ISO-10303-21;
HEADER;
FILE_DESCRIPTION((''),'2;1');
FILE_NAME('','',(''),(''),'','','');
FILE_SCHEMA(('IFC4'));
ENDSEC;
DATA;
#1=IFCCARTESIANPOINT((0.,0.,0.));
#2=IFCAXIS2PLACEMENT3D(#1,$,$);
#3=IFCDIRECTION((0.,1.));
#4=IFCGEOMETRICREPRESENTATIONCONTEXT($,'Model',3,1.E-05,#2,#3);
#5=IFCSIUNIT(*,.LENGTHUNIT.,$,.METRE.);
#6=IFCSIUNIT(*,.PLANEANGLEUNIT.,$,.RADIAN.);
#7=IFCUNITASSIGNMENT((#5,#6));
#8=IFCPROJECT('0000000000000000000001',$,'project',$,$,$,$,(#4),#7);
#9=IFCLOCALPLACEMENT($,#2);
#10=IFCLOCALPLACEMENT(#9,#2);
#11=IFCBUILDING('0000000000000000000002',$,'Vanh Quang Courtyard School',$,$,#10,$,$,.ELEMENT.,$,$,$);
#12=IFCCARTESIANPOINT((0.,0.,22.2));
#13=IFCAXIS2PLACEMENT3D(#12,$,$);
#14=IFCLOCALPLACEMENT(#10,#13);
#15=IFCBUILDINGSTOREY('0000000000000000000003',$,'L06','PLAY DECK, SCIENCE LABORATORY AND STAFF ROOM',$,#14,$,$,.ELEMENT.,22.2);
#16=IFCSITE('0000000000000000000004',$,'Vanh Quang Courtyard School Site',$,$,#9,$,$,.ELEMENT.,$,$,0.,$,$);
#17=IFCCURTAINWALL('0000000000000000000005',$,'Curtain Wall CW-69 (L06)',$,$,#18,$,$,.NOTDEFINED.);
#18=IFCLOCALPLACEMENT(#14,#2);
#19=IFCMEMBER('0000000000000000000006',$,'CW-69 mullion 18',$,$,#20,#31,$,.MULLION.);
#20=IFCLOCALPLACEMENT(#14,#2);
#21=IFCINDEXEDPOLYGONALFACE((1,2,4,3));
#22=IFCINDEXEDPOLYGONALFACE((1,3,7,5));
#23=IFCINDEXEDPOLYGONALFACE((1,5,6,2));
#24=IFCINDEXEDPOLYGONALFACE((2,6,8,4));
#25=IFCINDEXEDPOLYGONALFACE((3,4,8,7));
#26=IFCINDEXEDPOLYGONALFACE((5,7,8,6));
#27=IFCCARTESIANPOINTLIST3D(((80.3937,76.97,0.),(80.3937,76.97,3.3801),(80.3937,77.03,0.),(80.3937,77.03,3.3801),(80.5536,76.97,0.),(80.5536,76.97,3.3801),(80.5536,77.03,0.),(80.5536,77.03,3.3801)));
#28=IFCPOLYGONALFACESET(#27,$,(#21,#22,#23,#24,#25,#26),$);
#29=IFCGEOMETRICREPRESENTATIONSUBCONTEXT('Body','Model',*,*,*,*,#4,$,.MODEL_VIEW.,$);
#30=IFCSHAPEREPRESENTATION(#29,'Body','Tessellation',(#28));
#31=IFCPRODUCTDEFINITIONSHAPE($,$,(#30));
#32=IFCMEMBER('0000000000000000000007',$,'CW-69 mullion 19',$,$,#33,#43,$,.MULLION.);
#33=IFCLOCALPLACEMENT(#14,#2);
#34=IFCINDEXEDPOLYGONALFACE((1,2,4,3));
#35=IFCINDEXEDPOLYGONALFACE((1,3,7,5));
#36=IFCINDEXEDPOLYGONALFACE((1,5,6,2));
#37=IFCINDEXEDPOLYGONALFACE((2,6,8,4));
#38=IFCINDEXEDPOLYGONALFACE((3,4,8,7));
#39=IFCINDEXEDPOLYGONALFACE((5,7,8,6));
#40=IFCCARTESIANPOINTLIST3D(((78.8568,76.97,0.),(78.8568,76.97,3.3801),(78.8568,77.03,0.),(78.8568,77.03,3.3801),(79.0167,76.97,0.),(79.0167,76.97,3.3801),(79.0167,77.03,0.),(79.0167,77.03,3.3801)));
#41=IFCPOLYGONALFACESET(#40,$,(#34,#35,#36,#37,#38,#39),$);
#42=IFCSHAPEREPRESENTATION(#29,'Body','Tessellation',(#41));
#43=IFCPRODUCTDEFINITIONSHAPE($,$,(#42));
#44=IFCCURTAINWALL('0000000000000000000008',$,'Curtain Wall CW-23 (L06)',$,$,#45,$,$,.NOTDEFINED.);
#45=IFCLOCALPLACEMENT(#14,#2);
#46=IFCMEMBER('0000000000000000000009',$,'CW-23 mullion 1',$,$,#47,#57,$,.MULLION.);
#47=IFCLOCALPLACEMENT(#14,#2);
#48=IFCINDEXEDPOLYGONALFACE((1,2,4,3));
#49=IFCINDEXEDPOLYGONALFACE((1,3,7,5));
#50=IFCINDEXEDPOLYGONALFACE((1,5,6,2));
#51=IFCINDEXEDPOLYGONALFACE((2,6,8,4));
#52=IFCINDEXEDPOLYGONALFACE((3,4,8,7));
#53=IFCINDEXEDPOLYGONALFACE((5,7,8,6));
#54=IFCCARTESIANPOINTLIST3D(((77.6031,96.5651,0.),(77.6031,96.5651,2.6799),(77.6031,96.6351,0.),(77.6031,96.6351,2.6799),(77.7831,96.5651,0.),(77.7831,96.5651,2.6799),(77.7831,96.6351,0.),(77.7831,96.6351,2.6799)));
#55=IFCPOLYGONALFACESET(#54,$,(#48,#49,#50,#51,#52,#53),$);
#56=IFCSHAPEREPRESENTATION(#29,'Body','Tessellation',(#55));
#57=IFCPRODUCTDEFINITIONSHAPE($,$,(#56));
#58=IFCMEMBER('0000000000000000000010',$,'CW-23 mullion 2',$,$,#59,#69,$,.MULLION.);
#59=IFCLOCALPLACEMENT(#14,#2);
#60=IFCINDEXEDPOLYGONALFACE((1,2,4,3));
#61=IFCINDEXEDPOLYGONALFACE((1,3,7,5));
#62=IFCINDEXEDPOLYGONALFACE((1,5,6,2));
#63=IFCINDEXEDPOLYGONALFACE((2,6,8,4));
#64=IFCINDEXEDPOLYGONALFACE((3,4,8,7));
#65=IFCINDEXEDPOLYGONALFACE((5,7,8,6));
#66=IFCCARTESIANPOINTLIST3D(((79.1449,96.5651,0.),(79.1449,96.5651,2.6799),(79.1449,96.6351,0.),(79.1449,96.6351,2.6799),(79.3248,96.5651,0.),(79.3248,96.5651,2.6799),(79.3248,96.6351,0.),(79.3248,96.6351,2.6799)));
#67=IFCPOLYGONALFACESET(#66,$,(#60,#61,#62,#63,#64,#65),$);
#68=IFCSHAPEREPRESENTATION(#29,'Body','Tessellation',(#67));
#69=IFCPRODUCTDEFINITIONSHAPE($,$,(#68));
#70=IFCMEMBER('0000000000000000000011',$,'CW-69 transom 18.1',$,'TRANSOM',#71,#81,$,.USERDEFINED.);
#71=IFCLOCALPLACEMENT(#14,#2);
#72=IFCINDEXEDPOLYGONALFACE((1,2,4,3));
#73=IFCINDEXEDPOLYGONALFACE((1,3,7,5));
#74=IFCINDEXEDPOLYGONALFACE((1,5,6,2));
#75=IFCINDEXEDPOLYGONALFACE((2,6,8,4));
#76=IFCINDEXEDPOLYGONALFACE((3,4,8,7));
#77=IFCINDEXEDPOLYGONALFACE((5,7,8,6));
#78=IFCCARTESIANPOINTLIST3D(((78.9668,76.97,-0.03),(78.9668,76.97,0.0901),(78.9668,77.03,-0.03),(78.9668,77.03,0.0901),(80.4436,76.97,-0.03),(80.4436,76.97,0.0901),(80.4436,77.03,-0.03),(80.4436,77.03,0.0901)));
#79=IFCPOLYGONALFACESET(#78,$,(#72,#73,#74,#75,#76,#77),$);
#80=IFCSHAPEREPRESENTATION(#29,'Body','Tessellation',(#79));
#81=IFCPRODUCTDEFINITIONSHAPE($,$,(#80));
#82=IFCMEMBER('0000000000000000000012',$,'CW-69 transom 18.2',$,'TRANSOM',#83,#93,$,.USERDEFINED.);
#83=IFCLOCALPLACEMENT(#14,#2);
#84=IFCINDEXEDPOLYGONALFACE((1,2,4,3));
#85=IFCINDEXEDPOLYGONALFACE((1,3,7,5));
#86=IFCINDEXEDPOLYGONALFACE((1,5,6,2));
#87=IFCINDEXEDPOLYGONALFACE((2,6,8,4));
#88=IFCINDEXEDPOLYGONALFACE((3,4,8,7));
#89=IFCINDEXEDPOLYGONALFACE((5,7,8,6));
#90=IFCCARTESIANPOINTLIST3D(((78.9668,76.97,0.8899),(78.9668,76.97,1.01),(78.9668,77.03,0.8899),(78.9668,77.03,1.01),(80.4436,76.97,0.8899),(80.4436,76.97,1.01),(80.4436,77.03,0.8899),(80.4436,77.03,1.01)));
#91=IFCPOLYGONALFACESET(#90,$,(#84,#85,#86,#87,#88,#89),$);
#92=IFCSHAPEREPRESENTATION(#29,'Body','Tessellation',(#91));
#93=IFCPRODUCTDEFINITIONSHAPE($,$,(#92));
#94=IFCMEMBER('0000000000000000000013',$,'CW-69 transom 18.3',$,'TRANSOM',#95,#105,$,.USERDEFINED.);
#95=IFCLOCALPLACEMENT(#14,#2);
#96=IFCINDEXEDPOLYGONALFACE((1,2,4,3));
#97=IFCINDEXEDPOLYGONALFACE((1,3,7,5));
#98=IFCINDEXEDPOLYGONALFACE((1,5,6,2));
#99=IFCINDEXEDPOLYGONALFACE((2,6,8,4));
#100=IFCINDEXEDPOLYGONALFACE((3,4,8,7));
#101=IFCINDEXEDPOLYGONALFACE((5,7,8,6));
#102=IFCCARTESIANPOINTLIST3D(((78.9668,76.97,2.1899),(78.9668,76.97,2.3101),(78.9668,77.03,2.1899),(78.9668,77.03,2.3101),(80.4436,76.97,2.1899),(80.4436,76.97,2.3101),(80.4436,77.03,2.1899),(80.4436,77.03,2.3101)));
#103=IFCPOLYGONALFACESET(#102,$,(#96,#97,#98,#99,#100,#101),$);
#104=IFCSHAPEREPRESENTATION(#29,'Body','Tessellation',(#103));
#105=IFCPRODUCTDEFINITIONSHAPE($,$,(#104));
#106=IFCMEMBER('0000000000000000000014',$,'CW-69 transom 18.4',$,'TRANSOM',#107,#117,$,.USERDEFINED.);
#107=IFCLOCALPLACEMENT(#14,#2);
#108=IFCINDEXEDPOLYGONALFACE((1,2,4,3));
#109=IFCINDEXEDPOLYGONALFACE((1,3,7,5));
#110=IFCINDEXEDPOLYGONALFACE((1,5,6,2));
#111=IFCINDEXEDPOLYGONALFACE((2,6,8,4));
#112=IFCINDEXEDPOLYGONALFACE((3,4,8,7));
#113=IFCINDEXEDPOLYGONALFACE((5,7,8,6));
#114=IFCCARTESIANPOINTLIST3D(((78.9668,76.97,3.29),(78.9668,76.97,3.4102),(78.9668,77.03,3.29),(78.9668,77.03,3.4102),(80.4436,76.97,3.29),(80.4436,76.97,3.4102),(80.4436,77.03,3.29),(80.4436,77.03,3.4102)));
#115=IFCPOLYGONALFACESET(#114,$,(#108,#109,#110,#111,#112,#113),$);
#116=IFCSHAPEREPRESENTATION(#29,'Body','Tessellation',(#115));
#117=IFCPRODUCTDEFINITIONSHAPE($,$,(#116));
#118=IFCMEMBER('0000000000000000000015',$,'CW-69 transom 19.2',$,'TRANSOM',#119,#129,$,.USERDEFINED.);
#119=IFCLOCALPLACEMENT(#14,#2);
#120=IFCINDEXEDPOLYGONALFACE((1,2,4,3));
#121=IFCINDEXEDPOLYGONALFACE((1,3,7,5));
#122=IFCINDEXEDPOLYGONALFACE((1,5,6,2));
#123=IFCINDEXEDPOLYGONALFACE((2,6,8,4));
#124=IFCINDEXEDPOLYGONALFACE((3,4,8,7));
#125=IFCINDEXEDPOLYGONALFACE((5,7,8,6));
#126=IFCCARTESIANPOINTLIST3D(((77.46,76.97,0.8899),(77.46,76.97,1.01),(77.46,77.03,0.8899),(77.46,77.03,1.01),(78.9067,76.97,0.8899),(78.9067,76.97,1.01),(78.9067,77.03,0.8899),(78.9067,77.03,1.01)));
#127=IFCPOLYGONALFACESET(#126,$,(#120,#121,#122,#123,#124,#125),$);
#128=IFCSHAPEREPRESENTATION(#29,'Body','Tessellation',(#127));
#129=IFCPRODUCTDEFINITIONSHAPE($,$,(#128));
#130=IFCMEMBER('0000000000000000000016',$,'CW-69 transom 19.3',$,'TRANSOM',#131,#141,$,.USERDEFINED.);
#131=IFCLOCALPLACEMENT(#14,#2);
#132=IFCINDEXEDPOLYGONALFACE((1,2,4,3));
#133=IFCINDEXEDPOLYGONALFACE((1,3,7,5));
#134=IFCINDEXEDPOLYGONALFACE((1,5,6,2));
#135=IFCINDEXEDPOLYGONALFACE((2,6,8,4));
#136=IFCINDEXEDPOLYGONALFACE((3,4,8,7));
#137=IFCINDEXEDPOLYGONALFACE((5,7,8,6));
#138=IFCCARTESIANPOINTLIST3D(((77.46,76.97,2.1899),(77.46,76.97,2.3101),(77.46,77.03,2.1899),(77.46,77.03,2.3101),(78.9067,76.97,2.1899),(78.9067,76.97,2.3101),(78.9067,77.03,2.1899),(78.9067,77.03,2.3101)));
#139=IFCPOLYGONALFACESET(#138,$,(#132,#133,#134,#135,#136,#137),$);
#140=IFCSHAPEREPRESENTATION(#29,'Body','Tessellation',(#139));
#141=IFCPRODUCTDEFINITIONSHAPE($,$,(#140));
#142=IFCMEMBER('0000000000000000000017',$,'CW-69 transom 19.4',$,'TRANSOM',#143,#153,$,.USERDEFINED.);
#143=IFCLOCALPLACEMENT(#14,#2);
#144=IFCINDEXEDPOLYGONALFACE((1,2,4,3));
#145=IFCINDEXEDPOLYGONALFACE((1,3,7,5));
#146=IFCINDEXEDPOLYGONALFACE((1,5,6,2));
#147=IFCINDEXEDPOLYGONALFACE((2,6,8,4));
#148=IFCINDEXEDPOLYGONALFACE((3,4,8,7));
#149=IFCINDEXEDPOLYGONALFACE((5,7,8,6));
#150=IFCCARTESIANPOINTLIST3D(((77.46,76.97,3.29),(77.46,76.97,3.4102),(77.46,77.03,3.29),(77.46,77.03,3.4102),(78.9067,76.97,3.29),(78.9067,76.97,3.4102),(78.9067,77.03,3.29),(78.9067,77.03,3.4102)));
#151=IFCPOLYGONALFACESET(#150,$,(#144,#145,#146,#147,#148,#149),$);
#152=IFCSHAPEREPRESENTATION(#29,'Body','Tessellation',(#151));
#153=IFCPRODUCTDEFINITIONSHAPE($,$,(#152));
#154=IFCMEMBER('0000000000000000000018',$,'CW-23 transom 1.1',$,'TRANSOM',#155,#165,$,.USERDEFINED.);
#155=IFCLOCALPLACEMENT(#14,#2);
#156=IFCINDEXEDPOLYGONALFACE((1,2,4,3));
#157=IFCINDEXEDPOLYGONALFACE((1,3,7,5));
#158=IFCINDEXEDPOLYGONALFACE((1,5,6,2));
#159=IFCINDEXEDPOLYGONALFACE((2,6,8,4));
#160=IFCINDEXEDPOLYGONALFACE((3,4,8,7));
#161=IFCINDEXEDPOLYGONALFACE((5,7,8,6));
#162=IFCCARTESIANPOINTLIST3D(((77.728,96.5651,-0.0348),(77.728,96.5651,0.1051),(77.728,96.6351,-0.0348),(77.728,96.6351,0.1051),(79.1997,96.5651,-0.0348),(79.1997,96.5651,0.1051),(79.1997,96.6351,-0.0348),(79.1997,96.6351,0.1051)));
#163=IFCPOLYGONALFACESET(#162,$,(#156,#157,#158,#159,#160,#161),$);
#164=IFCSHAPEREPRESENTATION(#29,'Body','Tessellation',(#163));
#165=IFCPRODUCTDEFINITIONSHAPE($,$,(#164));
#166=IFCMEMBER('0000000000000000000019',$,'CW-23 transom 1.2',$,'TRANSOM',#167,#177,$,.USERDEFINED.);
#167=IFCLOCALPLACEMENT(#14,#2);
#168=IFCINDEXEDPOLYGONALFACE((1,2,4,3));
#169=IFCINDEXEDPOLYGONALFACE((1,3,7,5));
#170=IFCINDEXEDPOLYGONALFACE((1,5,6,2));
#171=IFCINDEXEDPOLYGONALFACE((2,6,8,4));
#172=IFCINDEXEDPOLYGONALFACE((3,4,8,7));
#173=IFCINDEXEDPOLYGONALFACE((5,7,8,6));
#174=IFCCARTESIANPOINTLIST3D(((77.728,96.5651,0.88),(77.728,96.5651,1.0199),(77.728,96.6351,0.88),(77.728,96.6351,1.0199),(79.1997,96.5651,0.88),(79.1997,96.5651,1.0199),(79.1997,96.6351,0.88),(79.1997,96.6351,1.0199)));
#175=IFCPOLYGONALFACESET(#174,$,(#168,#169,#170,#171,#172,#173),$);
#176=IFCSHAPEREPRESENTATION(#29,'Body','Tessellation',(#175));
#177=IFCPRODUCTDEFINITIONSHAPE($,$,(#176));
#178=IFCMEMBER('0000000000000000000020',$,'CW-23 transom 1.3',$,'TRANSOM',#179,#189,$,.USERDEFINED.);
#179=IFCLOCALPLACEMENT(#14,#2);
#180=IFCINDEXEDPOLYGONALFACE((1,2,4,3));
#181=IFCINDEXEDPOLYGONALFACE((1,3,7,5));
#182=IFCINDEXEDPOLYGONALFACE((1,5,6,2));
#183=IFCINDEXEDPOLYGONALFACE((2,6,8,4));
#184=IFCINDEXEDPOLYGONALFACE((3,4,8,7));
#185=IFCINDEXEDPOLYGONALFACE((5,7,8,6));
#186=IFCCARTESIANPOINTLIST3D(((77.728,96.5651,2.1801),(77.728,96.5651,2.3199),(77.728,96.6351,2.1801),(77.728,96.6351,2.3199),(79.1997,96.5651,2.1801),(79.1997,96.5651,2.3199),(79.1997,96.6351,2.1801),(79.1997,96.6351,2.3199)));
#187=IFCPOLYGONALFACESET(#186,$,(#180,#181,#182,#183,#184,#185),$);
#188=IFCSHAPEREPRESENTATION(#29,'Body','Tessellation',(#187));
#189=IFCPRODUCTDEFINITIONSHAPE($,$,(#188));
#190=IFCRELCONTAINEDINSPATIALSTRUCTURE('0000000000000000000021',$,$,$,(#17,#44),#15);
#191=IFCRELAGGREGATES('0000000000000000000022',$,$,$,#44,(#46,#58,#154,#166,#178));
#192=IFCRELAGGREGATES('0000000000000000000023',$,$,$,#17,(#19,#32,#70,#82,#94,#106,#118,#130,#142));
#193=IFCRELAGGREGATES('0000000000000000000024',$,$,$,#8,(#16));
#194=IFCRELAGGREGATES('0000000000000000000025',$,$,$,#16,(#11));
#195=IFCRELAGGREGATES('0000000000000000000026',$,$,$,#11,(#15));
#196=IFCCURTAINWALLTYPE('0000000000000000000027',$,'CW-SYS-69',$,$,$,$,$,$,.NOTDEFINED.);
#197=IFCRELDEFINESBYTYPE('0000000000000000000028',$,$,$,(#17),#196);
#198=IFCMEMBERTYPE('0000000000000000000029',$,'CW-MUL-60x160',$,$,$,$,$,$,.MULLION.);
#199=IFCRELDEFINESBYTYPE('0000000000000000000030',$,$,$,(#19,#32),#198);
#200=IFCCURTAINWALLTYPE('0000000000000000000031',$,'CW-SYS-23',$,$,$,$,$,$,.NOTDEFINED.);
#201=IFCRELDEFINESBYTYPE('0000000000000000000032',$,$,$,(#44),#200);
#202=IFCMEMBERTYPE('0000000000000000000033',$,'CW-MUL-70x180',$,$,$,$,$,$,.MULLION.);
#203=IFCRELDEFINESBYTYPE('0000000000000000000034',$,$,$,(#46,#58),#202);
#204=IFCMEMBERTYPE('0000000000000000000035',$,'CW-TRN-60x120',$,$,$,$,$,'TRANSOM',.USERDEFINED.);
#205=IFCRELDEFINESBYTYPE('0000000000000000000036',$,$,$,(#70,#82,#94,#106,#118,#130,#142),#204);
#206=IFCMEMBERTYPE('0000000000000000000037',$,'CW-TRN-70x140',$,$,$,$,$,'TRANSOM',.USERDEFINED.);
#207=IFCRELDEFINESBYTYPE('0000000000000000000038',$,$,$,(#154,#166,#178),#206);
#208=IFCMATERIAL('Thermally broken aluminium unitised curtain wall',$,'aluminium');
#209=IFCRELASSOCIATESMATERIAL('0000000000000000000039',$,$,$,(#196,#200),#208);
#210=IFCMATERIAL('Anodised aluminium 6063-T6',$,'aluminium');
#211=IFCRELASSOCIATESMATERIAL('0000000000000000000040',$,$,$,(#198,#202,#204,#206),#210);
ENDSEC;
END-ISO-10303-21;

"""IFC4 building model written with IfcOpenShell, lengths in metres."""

from ifc_helpers import new_model, si_unit, direction, frame, origin, origin_2d, place, context, subcontext, project, spatial, rectangle, extrude, material, material_profile, profile_set, type_object, element, aggregate, save


model = new_model("IFC4")

# Units and contexts
model_context = context("Model", 3, precision=1e-05, world=origin(), true_north=direction((0.0, 1.0)))
body_context = subcontext(model_context, "Body", "Model", "MODEL_VIEW")
ifc_project = project(units=[si_unit("LENGTHUNIT", "METRE"), si_unit("PLANEANGLEUNIT", "RADIAN")], contexts=[model_context])

# Site, building, storey
site_placement = place(None, origin())
site = spatial("IfcSite", under=ifc_project, at=site_placement, Name="Vanh Quang Courtyard School Site", CompositionType="ELEMENT", RefElevation=0.0)
building_placement = place(site_placement, origin())
building = spatial("IfcBuilding", under=site, at=building_placement, Name="Vanh Quang Courtyard School", CompositionType="ELEMENT")
storey_placement = place(building_placement, frame((0.0, 0.0, 22.2)))
storey = spatial("IfcBuildingStorey", under=building, at=storey_placement, Name="L06", Description="PLAY DECK, SCIENCE LABORATORY AND STAFF ROOM", CompositionType="ELEMENT", Elevation=22.2)

# Curtain walls, members
ifc_material_1 = material(Name="Thermally broken aluminium unitised curtain wall", Category="aluminium")
curtain_wall_type_1 = type_object("IfcCurtainWallType", Name="CW-SYS-69", PredefinedType="NOTDEFINED", material=ifc_material_1)
curtain_wall_1_placement = place(storey_placement, origin())
curtain_wall_1 = element("IfcCurtainWall", 1, at=curtain_wall_1_placement, inside=storey, type_object=curtain_wall_type_1, Name="Curtain Wall CW-69 (L06)", PredefinedType="NOTDEFINED")
ifc_material_2 = material(Name="Anodised aluminium 6063-T6", Category="aluminium")
ifc_material_profile_1 = material_profile(ifc_material_2, rectangle(XDim=0.0601, YDim=0.1599, at=origin_2d()), Name="ALU-MUL 60x160")
ifc_profile_set_1 = profile_set([ifc_material_profile_1], Name="Anodised aluminium 6063-T6")
member_type_1 = type_object("IfcMemberType", Name="CW-MUL-60x160", PredefinedType="MULLION", material=ifc_profile_set_1)
member_1_placement = place(storey_placement, frame((80.4736, 77.0, 0.0), z_axis=(0.0, 0.0, 1.0), x_axis=(0.0, -1.0, 0.0)))
member_1 = element("IfcMember", 2, at=member_1_placement, type_object=member_type_1, Name="CW-69 mullion 18", PredefinedType="MULLION", context=body_context, shape_type="SweptSolid", body=[
    extrude(rectangle(XDim=0.0601, YDim=0.1599, at=origin_2d()), origin(), (0.0, 0.0, 1.0), 3.3801),
])
member_2_placement = place(storey_placement, frame((78.9368, 77.0, 0.0), z_axis=(0.0, 0.0, 1.0), x_axis=(0.0, -1.0, 0.0)))
member_2 = element("IfcMember", 3, at=member_2_placement, type_object=member_type_1, Name="CW-69 mullion 19", PredefinedType="MULLION", context=body_context, shape_type="SweptSolid", body=[
    extrude(rectangle(XDim=0.0601, YDim=0.1599, at=origin_2d()), origin(), (0.0, 0.0, 1.0), 3.3801),
])
curtain_wall_type_2 = type_object("IfcCurtainWallType", Name="CW-SYS-23", PredefinedType="NOTDEFINED", material=ifc_material_1)
curtain_wall_2_placement = place(storey_placement, origin())
curtain_wall_2 = element("IfcCurtainWall", 4, at=curtain_wall_2_placement, inside=storey, type_object=curtain_wall_type_2, Name="Curtain Wall CW-23 (L06)", PredefinedType="NOTDEFINED")
ifc_material_profile_2 = material_profile(ifc_material_2, rectangle(XDim=0.0701, YDim=0.1799, at=origin_2d()), Name="ALU-MUL 70x180")
ifc_profile_set_2 = profile_set([ifc_material_profile_2], Name="Anodised aluminium 6063-T6")
member_type_2 = type_object("IfcMemberType", Name="CW-MUL-70x180", PredefinedType="MULLION", material=ifc_profile_set_2)
member_3_placement = place(storey_placement, frame((77.6931, 96.6001, 0.0), z_axis=(0.0, 0.0, 1.0), x_axis=(0.0, 1.0, 0.0)))
member_3 = element("IfcMember", 5, at=member_3_placement, type_object=member_type_2, Name="CW-23 mullion 1", PredefinedType="MULLION", context=body_context, shape_type="SweptSolid", body=[
    extrude(rectangle(XDim=0.0701, YDim=0.1799, at=origin_2d()), origin(), (0.0, 0.0, 1.0), 2.6799),
])
member_4_placement = place(storey_placement, frame((79.2349, 96.6001, 0.0), z_axis=(0.0, 0.0, 1.0), x_axis=(0.0, 1.0, 0.0)))
member_4 = element("IfcMember", 6, at=member_4_placement, type_object=member_type_2, Name="CW-23 mullion 2", PredefinedType="MULLION", context=body_context, shape_type="SweptSolid", body=[
    extrude(rectangle(XDim=0.0701, YDim=0.1799, at=origin_2d()), origin(), (0.0, 0.0, 1.0), 2.6799),
])

# Members
ifc_material_profile_3 = material_profile(ifc_material_2, rectangle(XDim=0.0601, YDim=0.1201, at=origin_2d()), Name="ALU-TRN 60x120")
ifc_profile_set_3 = profile_set([ifc_material_profile_3], Name="Anodised aluminium 6063-T6")
member_type_3 = type_object("IfcMemberType", Name="CW-TRN-60x120", ElementType="TRANSOM", PredefinedType="USERDEFINED", material=ifc_profile_set_3)
member_5_placement = place(storey_placement, frame((80.4436, 77.0, 0.03), z_axis=(-1.0, 0.0, 0.0), x_axis=(0.0, -1.0, 0.0)))
member_5 = element("IfcMember", 7, at=member_5_placement, type_object=member_type_3, Name="CW-69 transom 18.1", ObjectType="TRANSOM", PredefinedType="USERDEFINED", context=body_context, shape_type="SweptSolid", body=[
    extrude(rectangle(XDim=0.0601, YDim=0.1201, at=origin_2d()), origin(), (0.0, 0.0, 1.0), 1.4768),
])
member_6_placement = place(storey_placement, frame((80.4436, 77.0, 0.95), z_axis=(-1.0, 0.0, 0.0), x_axis=(0.0, -1.0, 0.0)))
member_6 = element("IfcMember", 8, at=member_6_placement, type_object=member_type_3, Name="CW-69 transom 18.2", ObjectType="TRANSOM", PredefinedType="USERDEFINED", context=body_context, shape_type="SweptSolid", body=[
    extrude(rectangle(XDim=0.0601, YDim=0.1201, at=origin_2d()), origin(), (0.0, 0.0, 1.0), 1.4768),
])
member_7_placement = place(storey_placement, frame((80.4436, 77.0, 2.25), z_axis=(-1.0, 0.0, 0.0), x_axis=(0.0, -1.0, 0.0)))
member_7 = element("IfcMember", 9, at=member_7_placement, type_object=member_type_3, Name="CW-69 transom 18.3", ObjectType="TRANSOM", PredefinedType="USERDEFINED", context=body_context, shape_type="SweptSolid", body=[
    extrude(rectangle(XDim=0.0601, YDim=0.1201, at=origin_2d()), origin(), (0.0, 0.0, 1.0), 1.4768),
])
member_8_placement = place(storey_placement, frame((80.4436, 77.0, 3.3501), z_axis=(-1.0, 0.0, 0.0), x_axis=(0.0, -1.0, 0.0)))
member_8 = element("IfcMember", 10, at=member_8_placement, type_object=member_type_3, Name="CW-69 transom 18.4", ObjectType="TRANSOM", PredefinedType="USERDEFINED", context=body_context, shape_type="SweptSolid", body=[
    extrude(rectangle(XDim=0.0601, YDim=0.1201, at=origin_2d()), origin(), (0.0, 0.0, 1.0), 1.4768),
])
member_9_placement = place(storey_placement, frame((78.9067, 77.0, 0.95), z_axis=(-1.0, 0.0, 0.0), x_axis=(0.0, -1.0, 0.0)))
member_9 = element("IfcMember", 11, at=member_9_placement, type_object=member_type_3, Name="CW-69 transom 19.2", ObjectType="TRANSOM", PredefinedType="USERDEFINED", context=body_context, shape_type="SweptSolid", body=[
    extrude(rectangle(XDim=0.0601, YDim=0.1201, at=origin_2d()), origin(), (0.0, 0.0, 1.0), 1.4468),
])
member_10_placement = place(storey_placement, frame((78.9067, 77.0, 2.25), z_axis=(-1.0, 0.0, 0.0), x_axis=(0.0, -1.0, 0.0)))
member_10 = element("IfcMember", 12, at=member_10_placement, type_object=member_type_3, Name="CW-69 transom 19.3", ObjectType="TRANSOM", PredefinedType="USERDEFINED", context=body_context, shape_type="SweptSolid", body=[
    extrude(rectangle(XDim=0.0601, YDim=0.1201, at=origin_2d()), origin(), (0.0, 0.0, 1.0), 1.4468),
])
member_11_placement = place(storey_placement, frame((78.9067, 77.0, 3.3501), z_axis=(-1.0, 0.0, 0.0), x_axis=(0.0, -1.0, 0.0)))
member_11 = element("IfcMember", 13, at=member_11_placement, type_object=member_type_3, Name="CW-69 transom 19.4", ObjectType="TRANSOM", PredefinedType="USERDEFINED", context=body_context, shape_type="SweptSolid", body=[
    extrude(rectangle(XDim=0.0601, YDim=0.1201, at=origin_2d()), origin(), (0.0, 0.0, 1.0), 1.4468),
])
ifc_material_profile_4 = material_profile(ifc_material_2, rectangle(XDim=0.0701, YDim=0.1399, at=origin_2d()), Name="ALU-TRN 70x140")
ifc_profile_set_4 = profile_set([ifc_material_profile_4], Name="Anodised aluminium 6063-T6")
member_type_4 = type_object("IfcMemberType", Name="CW-TRN-70x140", ElementType="TRANSOM", PredefinedType="USERDEFINED", material=ifc_profile_set_4)
member_12_placement = place(storey_placement, frame((77.728, 96.6001, 0.0352), z_axis=(1.0, 0.0, 0.0), x_axis=(0.0, 1.0, 0.0)))
member_12 = element("IfcMember", 14, at=member_12_placement, type_object=member_type_4, Name="CW-23 transom 1.1", ObjectType="TRANSOM", PredefinedType="USERDEFINED", context=body_context, shape_type="SweptSolid", body=[
    extrude(rectangle(XDim=0.0701, YDim=0.1399, at=origin_2d()), origin(), (0.0, 0.0, 1.0), 1.4717),
])
member_13_placement = place(storey_placement, frame((77.728, 96.6001, 0.95), z_axis=(1.0, 0.0, 0.0), x_axis=(0.0, 1.0, 0.0)))
member_13 = element("IfcMember", 15, at=member_13_placement, type_object=member_type_4, Name="CW-23 transom 1.2", ObjectType="TRANSOM", PredefinedType="USERDEFINED", context=body_context, shape_type="SweptSolid", body=[
    extrude(rectangle(XDim=0.0701, YDim=0.1399, at=origin_2d()), origin(), (0.0, 0.0, 1.0), 1.4717),
])
member_14_placement = place(storey_placement, frame((77.728, 96.6001, 2.25), z_axis=(1.0, 0.0, 0.0), x_axis=(0.0, 1.0, 0.0)))
member_14 = element("IfcMember", 16, at=member_14_placement, type_object=member_type_4, Name="CW-23 transom 1.3", ObjectType="TRANSOM", PredefinedType="USERDEFINED", context=body_context, shape_type="SweptSolid", body=[
    extrude(rectangle(XDim=0.0701, YDim=0.1399, at=origin_2d()), origin(), (0.0, 0.0, 1.0), 1.4717),
])

aggregate(curtain_wall_2, [member_3, member_4, member_12, member_13, member_14])
aggregate(curtain_wall_1, [member_1, member_2, member_5, member_6, member_7, member_8, member_9, member_10, member_11])

save(model, "model.ifc")
